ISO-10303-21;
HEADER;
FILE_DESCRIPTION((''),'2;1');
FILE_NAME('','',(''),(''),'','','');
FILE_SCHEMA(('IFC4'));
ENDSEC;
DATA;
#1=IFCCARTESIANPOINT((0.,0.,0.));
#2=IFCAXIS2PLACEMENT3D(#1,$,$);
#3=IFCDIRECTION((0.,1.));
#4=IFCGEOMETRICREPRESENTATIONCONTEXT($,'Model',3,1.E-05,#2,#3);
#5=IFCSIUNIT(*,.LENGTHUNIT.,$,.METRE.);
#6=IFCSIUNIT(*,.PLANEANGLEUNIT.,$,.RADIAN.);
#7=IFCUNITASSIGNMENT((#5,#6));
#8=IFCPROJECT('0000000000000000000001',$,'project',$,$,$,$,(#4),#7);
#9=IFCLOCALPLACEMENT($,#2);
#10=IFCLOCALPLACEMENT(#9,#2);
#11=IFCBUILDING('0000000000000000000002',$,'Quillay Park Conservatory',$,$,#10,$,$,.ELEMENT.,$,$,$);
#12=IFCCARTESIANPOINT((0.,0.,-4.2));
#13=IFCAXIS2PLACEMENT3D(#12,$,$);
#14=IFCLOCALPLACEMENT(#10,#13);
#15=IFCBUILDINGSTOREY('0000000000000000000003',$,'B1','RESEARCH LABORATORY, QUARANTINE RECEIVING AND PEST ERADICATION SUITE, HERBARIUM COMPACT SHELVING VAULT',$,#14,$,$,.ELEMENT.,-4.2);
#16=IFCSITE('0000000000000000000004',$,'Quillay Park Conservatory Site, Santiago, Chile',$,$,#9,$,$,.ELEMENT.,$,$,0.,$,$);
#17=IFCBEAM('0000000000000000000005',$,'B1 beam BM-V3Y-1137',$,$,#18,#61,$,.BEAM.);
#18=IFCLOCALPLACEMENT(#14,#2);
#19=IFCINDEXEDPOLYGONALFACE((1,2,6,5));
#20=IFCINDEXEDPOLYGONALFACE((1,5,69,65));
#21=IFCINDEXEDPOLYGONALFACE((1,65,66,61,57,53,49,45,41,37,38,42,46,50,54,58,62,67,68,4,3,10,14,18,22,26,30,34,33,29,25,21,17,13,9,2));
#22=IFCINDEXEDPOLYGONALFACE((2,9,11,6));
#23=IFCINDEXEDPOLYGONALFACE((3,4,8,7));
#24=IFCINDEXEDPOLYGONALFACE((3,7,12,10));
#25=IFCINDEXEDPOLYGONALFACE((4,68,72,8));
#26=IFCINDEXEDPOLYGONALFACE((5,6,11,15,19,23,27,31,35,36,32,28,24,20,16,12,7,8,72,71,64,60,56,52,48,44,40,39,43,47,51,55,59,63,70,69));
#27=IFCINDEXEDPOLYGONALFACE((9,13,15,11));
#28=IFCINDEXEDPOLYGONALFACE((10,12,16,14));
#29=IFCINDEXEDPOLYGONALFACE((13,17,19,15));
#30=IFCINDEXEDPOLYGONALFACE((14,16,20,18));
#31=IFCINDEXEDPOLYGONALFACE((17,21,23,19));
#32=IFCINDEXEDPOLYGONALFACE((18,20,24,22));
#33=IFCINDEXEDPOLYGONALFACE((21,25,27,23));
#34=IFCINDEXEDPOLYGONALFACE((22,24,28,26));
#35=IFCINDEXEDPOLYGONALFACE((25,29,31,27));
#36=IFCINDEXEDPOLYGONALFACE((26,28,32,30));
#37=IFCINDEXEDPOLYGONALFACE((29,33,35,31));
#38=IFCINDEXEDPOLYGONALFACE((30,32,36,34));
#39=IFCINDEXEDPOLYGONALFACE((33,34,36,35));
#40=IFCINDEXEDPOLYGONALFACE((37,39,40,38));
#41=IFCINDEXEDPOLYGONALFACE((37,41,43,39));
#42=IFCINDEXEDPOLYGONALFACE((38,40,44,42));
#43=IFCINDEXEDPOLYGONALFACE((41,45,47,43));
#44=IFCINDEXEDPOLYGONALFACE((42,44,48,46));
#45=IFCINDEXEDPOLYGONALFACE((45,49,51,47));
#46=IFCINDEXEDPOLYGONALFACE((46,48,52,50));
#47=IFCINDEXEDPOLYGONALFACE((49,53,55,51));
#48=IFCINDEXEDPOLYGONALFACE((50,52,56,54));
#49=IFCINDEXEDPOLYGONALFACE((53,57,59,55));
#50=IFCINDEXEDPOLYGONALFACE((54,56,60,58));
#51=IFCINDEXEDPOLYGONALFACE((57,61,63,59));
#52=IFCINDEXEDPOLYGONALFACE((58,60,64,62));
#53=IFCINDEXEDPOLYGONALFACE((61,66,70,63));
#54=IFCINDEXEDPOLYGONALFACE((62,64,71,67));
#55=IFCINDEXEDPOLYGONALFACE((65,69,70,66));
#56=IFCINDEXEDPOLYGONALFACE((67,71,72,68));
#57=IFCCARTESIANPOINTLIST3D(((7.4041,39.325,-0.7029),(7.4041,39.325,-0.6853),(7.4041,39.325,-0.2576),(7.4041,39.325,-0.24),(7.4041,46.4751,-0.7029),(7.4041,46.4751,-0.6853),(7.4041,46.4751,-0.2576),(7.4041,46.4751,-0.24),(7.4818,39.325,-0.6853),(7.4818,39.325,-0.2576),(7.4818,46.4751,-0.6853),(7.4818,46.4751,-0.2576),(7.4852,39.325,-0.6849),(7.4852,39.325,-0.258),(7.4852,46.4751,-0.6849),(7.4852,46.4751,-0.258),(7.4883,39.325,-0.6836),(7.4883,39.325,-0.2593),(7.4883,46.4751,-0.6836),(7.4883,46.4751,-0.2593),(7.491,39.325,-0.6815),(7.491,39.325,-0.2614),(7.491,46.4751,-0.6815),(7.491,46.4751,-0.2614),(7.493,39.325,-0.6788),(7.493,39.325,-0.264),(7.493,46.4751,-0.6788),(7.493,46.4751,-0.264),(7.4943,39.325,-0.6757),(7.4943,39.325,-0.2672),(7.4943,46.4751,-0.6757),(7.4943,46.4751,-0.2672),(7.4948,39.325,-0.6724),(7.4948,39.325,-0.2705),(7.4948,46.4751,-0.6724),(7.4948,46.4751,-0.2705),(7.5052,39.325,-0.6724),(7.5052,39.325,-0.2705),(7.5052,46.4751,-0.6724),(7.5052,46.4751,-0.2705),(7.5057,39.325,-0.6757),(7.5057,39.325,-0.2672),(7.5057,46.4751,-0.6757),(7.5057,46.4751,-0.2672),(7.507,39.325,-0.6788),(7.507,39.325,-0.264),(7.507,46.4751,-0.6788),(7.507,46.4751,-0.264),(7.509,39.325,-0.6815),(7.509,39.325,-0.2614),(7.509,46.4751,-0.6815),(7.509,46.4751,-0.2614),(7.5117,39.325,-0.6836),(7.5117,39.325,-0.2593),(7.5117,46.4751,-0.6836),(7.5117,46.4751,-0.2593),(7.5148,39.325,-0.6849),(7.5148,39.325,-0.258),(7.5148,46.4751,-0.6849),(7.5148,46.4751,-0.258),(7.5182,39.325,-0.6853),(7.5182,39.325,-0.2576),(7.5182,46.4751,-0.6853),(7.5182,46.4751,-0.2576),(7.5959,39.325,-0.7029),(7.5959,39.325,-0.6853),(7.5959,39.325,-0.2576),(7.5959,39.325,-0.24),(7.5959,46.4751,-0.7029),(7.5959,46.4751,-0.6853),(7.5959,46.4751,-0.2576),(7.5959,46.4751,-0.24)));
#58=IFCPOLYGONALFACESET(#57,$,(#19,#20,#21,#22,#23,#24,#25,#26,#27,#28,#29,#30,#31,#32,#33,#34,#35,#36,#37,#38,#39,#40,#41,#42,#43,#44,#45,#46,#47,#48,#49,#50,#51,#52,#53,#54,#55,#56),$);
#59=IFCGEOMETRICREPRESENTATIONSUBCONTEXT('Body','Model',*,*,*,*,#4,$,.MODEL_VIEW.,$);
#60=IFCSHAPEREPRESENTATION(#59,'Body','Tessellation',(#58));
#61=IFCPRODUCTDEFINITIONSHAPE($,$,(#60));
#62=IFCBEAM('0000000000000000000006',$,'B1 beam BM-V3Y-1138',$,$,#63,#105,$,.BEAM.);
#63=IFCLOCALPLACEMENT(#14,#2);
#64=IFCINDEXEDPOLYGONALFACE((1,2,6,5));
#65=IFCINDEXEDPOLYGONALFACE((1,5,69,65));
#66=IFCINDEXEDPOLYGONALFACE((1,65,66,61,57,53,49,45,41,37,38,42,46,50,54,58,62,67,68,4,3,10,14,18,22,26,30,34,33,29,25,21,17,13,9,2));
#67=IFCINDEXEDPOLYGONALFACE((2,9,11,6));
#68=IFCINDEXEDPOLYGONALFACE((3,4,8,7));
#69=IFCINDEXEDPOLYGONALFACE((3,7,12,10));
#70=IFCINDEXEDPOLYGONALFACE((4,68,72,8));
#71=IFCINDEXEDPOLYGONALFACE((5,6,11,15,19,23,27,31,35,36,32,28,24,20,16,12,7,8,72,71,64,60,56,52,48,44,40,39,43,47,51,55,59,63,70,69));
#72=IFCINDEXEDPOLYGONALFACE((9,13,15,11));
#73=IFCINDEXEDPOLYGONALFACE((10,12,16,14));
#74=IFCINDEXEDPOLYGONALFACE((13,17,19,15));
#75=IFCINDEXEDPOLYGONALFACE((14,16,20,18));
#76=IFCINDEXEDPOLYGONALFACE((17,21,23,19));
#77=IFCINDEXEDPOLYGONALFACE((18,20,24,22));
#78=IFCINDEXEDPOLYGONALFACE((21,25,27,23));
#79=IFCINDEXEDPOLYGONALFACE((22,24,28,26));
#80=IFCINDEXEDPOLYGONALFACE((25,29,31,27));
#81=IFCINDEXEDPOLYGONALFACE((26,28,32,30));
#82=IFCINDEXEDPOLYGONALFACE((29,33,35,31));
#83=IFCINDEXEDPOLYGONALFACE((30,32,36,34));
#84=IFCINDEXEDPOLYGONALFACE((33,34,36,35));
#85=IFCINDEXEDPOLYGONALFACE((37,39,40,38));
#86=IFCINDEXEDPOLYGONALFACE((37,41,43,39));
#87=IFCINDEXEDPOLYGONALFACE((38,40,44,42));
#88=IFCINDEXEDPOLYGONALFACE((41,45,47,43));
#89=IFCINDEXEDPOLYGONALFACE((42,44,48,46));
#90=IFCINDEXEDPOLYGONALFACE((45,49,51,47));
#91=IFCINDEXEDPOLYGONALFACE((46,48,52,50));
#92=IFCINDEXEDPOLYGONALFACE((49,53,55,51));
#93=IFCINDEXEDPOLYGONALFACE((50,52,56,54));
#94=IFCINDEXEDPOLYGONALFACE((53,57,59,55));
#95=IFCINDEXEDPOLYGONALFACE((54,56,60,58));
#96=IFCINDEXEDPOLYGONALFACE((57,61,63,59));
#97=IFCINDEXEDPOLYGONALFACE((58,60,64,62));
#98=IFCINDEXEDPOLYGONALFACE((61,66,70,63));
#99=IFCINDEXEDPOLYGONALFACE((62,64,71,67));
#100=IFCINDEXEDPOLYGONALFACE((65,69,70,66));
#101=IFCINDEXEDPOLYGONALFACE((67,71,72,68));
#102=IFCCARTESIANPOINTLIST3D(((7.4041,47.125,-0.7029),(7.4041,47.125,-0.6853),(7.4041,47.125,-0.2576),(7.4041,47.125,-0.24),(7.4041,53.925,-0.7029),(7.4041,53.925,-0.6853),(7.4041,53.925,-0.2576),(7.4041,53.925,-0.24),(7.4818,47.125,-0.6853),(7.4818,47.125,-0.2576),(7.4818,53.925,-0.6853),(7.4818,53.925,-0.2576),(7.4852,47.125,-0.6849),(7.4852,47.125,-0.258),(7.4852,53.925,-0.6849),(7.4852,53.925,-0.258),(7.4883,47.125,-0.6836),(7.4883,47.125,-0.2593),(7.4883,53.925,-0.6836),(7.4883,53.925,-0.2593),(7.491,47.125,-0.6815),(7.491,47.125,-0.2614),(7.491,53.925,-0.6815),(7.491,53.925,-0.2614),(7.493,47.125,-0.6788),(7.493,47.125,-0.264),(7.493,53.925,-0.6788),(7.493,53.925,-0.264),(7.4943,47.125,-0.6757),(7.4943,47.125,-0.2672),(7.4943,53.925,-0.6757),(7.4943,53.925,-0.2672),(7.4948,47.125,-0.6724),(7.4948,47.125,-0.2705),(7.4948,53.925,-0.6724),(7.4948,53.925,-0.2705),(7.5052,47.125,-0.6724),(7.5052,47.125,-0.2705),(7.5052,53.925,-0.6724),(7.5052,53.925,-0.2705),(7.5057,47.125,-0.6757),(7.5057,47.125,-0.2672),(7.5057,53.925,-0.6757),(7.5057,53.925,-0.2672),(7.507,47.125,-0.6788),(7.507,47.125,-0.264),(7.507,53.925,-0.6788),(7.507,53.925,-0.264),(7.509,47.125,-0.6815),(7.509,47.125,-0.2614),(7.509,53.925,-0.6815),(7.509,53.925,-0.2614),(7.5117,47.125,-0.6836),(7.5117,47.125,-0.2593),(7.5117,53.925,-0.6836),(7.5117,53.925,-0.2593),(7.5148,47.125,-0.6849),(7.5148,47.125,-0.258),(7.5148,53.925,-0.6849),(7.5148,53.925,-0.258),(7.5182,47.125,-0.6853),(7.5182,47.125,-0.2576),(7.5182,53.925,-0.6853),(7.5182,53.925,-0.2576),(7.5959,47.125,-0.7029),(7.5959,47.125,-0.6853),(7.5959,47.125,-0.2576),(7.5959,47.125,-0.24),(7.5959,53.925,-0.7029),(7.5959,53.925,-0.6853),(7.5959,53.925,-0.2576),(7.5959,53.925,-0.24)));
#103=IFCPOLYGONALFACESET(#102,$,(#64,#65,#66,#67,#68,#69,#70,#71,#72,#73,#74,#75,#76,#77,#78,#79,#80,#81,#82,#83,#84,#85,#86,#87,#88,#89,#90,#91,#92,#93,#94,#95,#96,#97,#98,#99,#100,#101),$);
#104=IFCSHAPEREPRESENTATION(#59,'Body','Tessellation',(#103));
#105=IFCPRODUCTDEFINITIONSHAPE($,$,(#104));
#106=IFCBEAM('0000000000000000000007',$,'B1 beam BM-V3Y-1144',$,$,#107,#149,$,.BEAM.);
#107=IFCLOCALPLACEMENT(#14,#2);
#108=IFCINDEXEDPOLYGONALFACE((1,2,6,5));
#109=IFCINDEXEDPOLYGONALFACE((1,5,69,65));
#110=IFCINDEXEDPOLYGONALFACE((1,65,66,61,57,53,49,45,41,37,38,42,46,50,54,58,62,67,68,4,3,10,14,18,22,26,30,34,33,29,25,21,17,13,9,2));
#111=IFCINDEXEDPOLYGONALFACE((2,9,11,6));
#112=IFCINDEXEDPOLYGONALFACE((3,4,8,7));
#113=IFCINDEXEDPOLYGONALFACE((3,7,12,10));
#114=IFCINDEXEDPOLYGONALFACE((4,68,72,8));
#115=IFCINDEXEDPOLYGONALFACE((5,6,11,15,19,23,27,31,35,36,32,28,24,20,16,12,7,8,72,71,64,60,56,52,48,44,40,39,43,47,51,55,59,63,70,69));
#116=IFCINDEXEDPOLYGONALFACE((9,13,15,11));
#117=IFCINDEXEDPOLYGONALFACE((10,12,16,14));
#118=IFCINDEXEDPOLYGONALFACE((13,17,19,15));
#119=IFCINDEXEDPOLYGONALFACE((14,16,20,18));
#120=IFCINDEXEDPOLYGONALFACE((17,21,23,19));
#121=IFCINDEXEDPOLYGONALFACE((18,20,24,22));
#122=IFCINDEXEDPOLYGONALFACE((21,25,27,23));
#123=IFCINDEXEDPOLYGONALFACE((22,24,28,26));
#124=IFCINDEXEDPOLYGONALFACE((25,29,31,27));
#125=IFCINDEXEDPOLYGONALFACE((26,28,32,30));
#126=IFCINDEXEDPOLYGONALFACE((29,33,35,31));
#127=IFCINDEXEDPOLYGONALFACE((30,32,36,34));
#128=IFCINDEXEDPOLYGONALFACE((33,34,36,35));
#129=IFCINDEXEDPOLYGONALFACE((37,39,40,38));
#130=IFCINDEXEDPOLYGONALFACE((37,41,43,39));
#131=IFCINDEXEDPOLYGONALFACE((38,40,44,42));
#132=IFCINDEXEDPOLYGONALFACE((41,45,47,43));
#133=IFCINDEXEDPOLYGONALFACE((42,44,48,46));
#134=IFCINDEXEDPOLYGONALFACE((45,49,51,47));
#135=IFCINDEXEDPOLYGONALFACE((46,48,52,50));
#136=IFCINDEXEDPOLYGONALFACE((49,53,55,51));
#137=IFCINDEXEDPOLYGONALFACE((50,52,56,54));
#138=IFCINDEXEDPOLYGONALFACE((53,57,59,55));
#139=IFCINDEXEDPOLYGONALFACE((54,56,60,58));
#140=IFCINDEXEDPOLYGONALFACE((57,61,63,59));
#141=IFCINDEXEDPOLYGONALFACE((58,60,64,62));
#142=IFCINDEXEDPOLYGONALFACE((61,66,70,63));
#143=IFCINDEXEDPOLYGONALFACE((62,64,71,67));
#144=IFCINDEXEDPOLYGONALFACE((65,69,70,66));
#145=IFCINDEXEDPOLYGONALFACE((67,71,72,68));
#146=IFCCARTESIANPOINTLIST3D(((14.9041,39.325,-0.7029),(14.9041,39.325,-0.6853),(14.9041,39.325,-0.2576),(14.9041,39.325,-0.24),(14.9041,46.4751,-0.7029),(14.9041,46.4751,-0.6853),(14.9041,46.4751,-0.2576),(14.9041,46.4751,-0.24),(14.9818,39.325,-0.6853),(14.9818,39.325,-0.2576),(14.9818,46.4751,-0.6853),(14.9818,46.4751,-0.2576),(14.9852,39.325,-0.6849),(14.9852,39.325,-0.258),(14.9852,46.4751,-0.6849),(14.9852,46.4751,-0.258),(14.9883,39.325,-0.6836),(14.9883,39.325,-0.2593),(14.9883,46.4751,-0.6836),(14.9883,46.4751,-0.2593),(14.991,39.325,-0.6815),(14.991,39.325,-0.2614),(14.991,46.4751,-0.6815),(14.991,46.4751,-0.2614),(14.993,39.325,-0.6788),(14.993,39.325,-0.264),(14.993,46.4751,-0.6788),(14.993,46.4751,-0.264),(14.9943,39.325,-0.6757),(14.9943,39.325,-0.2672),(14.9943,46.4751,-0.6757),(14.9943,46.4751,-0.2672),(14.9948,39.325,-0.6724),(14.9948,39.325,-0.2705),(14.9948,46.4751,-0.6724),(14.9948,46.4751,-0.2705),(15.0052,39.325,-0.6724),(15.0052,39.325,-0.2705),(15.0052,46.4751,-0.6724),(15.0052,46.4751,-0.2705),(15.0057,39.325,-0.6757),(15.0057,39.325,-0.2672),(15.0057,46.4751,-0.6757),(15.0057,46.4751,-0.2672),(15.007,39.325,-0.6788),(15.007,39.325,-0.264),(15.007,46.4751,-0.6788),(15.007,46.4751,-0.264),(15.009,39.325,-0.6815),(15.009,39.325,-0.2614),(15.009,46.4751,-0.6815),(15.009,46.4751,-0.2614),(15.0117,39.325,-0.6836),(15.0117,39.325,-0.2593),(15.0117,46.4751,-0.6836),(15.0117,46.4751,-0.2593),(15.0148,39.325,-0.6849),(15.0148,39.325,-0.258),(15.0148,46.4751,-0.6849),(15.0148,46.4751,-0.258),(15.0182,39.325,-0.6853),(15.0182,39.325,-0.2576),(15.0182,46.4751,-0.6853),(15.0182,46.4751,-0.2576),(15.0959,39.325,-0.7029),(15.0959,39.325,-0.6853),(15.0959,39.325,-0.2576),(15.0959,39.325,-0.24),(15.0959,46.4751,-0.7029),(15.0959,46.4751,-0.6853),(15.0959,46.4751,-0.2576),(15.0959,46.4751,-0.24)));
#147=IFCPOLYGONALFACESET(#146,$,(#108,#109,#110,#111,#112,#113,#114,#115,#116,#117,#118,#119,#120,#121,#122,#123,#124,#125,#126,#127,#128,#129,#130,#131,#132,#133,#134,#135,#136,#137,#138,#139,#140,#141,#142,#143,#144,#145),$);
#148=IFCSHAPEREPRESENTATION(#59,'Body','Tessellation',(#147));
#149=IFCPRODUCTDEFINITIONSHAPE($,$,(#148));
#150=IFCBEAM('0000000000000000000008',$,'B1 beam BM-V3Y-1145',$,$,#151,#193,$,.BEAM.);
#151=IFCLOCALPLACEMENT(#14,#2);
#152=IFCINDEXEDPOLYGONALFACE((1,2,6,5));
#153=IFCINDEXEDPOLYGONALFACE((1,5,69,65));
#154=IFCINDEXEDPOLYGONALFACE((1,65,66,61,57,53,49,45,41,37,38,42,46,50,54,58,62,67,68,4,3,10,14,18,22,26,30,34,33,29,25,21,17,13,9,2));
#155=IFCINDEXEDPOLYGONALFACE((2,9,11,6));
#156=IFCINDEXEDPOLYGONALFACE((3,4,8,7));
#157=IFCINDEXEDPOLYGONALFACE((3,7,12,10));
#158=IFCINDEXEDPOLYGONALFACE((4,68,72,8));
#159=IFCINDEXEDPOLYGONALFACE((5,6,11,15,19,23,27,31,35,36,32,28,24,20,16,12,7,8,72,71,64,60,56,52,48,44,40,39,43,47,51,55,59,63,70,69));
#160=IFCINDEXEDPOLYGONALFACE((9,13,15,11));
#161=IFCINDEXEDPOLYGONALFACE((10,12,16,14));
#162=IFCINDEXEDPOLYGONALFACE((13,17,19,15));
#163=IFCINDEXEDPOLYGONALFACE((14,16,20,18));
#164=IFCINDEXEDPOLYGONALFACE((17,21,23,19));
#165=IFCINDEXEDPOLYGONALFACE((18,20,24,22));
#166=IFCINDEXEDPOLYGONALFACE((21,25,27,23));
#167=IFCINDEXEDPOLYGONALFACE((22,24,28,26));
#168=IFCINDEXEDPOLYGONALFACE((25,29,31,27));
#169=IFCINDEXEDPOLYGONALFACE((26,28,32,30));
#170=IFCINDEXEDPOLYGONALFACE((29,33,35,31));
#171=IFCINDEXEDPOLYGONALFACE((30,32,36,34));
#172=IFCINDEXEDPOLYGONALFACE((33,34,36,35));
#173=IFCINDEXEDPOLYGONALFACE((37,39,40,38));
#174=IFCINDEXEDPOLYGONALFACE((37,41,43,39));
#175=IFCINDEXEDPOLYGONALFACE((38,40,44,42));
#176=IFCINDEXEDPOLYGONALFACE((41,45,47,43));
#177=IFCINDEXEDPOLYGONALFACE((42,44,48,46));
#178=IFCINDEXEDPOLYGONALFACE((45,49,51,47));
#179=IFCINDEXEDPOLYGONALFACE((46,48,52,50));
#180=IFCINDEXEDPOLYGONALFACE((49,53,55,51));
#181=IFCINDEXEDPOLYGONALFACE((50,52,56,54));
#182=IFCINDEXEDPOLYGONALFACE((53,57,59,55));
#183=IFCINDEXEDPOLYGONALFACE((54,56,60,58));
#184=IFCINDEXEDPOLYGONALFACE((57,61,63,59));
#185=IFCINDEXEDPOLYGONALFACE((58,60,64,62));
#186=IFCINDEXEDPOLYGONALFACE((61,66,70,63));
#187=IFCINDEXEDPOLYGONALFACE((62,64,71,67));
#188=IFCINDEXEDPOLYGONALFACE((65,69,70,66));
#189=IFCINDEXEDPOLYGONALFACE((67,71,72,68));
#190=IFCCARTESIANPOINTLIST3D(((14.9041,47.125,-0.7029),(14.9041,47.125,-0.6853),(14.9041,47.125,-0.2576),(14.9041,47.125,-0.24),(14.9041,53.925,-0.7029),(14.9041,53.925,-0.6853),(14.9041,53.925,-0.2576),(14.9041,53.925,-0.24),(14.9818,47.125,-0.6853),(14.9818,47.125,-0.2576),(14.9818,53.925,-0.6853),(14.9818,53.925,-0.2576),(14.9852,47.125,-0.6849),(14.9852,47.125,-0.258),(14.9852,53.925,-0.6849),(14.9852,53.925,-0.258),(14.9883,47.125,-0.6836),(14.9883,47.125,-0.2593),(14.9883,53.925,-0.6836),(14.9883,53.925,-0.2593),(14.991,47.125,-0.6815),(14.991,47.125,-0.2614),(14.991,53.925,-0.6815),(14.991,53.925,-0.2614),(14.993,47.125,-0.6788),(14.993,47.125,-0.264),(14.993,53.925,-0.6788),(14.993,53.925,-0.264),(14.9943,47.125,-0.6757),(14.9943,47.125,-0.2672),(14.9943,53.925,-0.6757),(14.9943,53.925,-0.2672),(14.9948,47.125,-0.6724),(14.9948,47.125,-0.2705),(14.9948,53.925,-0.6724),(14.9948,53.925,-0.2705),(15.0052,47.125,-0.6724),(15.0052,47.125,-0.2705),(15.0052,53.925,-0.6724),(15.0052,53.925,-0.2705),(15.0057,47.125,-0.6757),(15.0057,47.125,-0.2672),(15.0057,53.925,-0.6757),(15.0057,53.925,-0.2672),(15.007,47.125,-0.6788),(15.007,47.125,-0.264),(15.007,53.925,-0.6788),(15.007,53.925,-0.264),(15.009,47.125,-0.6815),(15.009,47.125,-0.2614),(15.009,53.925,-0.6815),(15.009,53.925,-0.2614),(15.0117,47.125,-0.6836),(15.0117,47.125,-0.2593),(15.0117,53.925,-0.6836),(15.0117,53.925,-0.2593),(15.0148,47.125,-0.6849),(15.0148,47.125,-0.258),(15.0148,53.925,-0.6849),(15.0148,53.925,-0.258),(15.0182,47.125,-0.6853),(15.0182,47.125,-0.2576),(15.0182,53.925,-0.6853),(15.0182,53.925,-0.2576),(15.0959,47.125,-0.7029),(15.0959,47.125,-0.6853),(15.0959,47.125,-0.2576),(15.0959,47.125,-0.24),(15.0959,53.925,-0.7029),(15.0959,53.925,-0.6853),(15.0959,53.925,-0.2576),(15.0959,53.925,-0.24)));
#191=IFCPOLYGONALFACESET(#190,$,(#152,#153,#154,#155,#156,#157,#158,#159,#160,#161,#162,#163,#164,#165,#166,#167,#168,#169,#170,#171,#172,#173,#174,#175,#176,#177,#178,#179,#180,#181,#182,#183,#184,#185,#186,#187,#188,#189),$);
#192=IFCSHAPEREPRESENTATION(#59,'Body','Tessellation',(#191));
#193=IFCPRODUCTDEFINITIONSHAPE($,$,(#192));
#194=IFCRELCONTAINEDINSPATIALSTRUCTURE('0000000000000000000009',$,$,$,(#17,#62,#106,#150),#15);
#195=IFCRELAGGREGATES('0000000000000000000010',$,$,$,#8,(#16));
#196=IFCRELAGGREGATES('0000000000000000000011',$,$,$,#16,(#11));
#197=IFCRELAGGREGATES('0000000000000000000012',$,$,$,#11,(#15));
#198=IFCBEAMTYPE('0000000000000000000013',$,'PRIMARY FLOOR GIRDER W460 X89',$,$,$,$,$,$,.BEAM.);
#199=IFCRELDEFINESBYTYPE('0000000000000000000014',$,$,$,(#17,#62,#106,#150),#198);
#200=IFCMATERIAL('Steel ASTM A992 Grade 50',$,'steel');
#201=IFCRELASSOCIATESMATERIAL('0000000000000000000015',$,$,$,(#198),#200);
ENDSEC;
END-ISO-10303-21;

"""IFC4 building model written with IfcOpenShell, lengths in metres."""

from ifc_helpers import new_model, si_unit, direction, frame, origin, origin_2d, place, context, subcontext, project, spatial, i_section, extrude, material, material_profile, profile_set, type_object, element, save


model = new_model("IFC4")

# Units and contexts
model_context = context("Model", 3, precision=1e-05, world=origin(), true_north=direction((0.0, 1.0)))
body_context = subcontext(model_context, "Body", "Model", "MODEL_VIEW")
ifc_project = project(units=[si_unit("LENGTHUNIT", "METRE"), si_unit("PLANEANGLEUNIT", "RADIAN")], contexts=[model_context])

# Site, building, storey
site_placement = place(None, origin())
site = spatial("IfcSite", under=ifc_project, at=site_placement, Name="Quillay Park Conservatory Site, Santiago, Chile", CompositionType="ELEMENT", RefElevation=0.0)
building_placement = place(site_placement, origin())
building = spatial("IfcBuilding", under=site, at=building_placement, Name="Quillay Park Conservatory", CompositionType="ELEMENT")
storey_placement = place(building_placement, frame((0.0, 0.0, -4.2)))
storey = spatial("IfcBuildingStorey", under=building, at=storey_placement, Name="B1", Description="RESEARCH LABORATORY, QUARANTINE RECEIVING AND PEST ERADICATION SUITE, HERBARIUM COMPACT SHELVING VAULT", CompositionType="ELEMENT", Elevation=-4.2)

# Beams
ifc_material_1 = material(Name="Steel ASTM A992 Grade 50", Category="steel")
ifc_material_profile_1 = material_profile(ifc_material_1, i_section(OverallWidth=0.1919, OverallDepth=0.4629, WebThickness=0.0105, FlangeThickness=0.0176, FilletRadius=0.0129, at=origin_2d()), Name="W460x89")
ifc_profile_set_1 = profile_set([ifc_material_profile_1], Name="Steel ASTM A992 Grade 50")
beam_type_1 = type_object("IfcBeamType", Name="PRIMARY FLOOR GIRDER W460 X89", PredefinedType="BEAM", material=ifc_profile_set_1)
beam_1_placement = place(storey_placement, frame((7.5, 39.325, -0.4714), z_axis=(0.0, 1.0, 0.0), x_axis=(-1.0, 0.0, 0.0)))
element("IfcBeam", 1, at=beam_1_placement, inside=storey, type_object=beam_type_1, Name="B1 beam BM-V3Y-1137", PredefinedType="BEAM", context=body_context, shape_type="SweptSolid", body=[
    extrude(i_section(OverallWidth=0.1919, OverallDepth=0.4629, WebThickness=0.0105, FlangeThickness=0.0176, FilletRadius=0.0129, at=origin_2d()), origin(), (0.0, 0.0, 1.0), 7.1501),
])
beam_2_placement = place(storey_placement, frame((7.5, 47.125, -0.4714), z_axis=(0.0, 1.0, 0.0), x_axis=(-1.0, 0.0, 0.0)))
element("IfcBeam", 2, at=beam_2_placement, inside=storey, type_object=beam_type_1, Name="B1 beam BM-V3Y-1138", PredefinedType="BEAM", context=body_context, shape_type="SweptSolid", body=[
    extrude(i_section(OverallWidth=0.1919, OverallDepth=0.4629, WebThickness=0.0105, FlangeThickness=0.0176, FilletRadius=0.0129, at=origin_2d()), origin(), (0.0, 0.0, 1.0), 6.8),
])
beam_3_placement = place(storey_placement, frame((15.0, 39.325, -0.4714), z_axis=(0.0, 1.0, 0.0), x_axis=(-1.0, 0.0, 0.0)))
element("IfcBeam", 3, at=beam_3_placement, inside=storey, type_object=beam_type_1, Name="B1 beam BM-V3Y-1144", PredefinedType="BEAM", context=body_context, shape_type="SweptSolid", body=[
    extrude(i_section(OverallWidth=0.1919, OverallDepth=0.4629, WebThickness=0.0105, FlangeThickness=0.0176, FilletRadius=0.0129, at=origin_2d()), origin(), (0.0, 0.0, 1.0), 7.1501),
])
beam_4_placement = place(storey_placement, frame((15.0, 47.125, -0.4714), z_axis=(0.0, 1.0, 0.0), x_axis=(-1.0, 0.0, 0.0)))
element("IfcBeam", 4, at=beam_4_placement, inside=storey, type_object=beam_type_1, Name="B1 beam BM-V3Y-1145", PredefinedType="BEAM", context=body_context, shape_type="SweptSolid", body=[
    extrude(i_section(OverallWidth=0.1919, OverallDepth=0.4629, WebThickness=0.0105, FlangeThickness=0.0176, FilletRadius=0.0129, at=origin_2d()), origin(), (0.0, 0.0, 1.0), 6.8),
])

save(model, "model.ifc")
